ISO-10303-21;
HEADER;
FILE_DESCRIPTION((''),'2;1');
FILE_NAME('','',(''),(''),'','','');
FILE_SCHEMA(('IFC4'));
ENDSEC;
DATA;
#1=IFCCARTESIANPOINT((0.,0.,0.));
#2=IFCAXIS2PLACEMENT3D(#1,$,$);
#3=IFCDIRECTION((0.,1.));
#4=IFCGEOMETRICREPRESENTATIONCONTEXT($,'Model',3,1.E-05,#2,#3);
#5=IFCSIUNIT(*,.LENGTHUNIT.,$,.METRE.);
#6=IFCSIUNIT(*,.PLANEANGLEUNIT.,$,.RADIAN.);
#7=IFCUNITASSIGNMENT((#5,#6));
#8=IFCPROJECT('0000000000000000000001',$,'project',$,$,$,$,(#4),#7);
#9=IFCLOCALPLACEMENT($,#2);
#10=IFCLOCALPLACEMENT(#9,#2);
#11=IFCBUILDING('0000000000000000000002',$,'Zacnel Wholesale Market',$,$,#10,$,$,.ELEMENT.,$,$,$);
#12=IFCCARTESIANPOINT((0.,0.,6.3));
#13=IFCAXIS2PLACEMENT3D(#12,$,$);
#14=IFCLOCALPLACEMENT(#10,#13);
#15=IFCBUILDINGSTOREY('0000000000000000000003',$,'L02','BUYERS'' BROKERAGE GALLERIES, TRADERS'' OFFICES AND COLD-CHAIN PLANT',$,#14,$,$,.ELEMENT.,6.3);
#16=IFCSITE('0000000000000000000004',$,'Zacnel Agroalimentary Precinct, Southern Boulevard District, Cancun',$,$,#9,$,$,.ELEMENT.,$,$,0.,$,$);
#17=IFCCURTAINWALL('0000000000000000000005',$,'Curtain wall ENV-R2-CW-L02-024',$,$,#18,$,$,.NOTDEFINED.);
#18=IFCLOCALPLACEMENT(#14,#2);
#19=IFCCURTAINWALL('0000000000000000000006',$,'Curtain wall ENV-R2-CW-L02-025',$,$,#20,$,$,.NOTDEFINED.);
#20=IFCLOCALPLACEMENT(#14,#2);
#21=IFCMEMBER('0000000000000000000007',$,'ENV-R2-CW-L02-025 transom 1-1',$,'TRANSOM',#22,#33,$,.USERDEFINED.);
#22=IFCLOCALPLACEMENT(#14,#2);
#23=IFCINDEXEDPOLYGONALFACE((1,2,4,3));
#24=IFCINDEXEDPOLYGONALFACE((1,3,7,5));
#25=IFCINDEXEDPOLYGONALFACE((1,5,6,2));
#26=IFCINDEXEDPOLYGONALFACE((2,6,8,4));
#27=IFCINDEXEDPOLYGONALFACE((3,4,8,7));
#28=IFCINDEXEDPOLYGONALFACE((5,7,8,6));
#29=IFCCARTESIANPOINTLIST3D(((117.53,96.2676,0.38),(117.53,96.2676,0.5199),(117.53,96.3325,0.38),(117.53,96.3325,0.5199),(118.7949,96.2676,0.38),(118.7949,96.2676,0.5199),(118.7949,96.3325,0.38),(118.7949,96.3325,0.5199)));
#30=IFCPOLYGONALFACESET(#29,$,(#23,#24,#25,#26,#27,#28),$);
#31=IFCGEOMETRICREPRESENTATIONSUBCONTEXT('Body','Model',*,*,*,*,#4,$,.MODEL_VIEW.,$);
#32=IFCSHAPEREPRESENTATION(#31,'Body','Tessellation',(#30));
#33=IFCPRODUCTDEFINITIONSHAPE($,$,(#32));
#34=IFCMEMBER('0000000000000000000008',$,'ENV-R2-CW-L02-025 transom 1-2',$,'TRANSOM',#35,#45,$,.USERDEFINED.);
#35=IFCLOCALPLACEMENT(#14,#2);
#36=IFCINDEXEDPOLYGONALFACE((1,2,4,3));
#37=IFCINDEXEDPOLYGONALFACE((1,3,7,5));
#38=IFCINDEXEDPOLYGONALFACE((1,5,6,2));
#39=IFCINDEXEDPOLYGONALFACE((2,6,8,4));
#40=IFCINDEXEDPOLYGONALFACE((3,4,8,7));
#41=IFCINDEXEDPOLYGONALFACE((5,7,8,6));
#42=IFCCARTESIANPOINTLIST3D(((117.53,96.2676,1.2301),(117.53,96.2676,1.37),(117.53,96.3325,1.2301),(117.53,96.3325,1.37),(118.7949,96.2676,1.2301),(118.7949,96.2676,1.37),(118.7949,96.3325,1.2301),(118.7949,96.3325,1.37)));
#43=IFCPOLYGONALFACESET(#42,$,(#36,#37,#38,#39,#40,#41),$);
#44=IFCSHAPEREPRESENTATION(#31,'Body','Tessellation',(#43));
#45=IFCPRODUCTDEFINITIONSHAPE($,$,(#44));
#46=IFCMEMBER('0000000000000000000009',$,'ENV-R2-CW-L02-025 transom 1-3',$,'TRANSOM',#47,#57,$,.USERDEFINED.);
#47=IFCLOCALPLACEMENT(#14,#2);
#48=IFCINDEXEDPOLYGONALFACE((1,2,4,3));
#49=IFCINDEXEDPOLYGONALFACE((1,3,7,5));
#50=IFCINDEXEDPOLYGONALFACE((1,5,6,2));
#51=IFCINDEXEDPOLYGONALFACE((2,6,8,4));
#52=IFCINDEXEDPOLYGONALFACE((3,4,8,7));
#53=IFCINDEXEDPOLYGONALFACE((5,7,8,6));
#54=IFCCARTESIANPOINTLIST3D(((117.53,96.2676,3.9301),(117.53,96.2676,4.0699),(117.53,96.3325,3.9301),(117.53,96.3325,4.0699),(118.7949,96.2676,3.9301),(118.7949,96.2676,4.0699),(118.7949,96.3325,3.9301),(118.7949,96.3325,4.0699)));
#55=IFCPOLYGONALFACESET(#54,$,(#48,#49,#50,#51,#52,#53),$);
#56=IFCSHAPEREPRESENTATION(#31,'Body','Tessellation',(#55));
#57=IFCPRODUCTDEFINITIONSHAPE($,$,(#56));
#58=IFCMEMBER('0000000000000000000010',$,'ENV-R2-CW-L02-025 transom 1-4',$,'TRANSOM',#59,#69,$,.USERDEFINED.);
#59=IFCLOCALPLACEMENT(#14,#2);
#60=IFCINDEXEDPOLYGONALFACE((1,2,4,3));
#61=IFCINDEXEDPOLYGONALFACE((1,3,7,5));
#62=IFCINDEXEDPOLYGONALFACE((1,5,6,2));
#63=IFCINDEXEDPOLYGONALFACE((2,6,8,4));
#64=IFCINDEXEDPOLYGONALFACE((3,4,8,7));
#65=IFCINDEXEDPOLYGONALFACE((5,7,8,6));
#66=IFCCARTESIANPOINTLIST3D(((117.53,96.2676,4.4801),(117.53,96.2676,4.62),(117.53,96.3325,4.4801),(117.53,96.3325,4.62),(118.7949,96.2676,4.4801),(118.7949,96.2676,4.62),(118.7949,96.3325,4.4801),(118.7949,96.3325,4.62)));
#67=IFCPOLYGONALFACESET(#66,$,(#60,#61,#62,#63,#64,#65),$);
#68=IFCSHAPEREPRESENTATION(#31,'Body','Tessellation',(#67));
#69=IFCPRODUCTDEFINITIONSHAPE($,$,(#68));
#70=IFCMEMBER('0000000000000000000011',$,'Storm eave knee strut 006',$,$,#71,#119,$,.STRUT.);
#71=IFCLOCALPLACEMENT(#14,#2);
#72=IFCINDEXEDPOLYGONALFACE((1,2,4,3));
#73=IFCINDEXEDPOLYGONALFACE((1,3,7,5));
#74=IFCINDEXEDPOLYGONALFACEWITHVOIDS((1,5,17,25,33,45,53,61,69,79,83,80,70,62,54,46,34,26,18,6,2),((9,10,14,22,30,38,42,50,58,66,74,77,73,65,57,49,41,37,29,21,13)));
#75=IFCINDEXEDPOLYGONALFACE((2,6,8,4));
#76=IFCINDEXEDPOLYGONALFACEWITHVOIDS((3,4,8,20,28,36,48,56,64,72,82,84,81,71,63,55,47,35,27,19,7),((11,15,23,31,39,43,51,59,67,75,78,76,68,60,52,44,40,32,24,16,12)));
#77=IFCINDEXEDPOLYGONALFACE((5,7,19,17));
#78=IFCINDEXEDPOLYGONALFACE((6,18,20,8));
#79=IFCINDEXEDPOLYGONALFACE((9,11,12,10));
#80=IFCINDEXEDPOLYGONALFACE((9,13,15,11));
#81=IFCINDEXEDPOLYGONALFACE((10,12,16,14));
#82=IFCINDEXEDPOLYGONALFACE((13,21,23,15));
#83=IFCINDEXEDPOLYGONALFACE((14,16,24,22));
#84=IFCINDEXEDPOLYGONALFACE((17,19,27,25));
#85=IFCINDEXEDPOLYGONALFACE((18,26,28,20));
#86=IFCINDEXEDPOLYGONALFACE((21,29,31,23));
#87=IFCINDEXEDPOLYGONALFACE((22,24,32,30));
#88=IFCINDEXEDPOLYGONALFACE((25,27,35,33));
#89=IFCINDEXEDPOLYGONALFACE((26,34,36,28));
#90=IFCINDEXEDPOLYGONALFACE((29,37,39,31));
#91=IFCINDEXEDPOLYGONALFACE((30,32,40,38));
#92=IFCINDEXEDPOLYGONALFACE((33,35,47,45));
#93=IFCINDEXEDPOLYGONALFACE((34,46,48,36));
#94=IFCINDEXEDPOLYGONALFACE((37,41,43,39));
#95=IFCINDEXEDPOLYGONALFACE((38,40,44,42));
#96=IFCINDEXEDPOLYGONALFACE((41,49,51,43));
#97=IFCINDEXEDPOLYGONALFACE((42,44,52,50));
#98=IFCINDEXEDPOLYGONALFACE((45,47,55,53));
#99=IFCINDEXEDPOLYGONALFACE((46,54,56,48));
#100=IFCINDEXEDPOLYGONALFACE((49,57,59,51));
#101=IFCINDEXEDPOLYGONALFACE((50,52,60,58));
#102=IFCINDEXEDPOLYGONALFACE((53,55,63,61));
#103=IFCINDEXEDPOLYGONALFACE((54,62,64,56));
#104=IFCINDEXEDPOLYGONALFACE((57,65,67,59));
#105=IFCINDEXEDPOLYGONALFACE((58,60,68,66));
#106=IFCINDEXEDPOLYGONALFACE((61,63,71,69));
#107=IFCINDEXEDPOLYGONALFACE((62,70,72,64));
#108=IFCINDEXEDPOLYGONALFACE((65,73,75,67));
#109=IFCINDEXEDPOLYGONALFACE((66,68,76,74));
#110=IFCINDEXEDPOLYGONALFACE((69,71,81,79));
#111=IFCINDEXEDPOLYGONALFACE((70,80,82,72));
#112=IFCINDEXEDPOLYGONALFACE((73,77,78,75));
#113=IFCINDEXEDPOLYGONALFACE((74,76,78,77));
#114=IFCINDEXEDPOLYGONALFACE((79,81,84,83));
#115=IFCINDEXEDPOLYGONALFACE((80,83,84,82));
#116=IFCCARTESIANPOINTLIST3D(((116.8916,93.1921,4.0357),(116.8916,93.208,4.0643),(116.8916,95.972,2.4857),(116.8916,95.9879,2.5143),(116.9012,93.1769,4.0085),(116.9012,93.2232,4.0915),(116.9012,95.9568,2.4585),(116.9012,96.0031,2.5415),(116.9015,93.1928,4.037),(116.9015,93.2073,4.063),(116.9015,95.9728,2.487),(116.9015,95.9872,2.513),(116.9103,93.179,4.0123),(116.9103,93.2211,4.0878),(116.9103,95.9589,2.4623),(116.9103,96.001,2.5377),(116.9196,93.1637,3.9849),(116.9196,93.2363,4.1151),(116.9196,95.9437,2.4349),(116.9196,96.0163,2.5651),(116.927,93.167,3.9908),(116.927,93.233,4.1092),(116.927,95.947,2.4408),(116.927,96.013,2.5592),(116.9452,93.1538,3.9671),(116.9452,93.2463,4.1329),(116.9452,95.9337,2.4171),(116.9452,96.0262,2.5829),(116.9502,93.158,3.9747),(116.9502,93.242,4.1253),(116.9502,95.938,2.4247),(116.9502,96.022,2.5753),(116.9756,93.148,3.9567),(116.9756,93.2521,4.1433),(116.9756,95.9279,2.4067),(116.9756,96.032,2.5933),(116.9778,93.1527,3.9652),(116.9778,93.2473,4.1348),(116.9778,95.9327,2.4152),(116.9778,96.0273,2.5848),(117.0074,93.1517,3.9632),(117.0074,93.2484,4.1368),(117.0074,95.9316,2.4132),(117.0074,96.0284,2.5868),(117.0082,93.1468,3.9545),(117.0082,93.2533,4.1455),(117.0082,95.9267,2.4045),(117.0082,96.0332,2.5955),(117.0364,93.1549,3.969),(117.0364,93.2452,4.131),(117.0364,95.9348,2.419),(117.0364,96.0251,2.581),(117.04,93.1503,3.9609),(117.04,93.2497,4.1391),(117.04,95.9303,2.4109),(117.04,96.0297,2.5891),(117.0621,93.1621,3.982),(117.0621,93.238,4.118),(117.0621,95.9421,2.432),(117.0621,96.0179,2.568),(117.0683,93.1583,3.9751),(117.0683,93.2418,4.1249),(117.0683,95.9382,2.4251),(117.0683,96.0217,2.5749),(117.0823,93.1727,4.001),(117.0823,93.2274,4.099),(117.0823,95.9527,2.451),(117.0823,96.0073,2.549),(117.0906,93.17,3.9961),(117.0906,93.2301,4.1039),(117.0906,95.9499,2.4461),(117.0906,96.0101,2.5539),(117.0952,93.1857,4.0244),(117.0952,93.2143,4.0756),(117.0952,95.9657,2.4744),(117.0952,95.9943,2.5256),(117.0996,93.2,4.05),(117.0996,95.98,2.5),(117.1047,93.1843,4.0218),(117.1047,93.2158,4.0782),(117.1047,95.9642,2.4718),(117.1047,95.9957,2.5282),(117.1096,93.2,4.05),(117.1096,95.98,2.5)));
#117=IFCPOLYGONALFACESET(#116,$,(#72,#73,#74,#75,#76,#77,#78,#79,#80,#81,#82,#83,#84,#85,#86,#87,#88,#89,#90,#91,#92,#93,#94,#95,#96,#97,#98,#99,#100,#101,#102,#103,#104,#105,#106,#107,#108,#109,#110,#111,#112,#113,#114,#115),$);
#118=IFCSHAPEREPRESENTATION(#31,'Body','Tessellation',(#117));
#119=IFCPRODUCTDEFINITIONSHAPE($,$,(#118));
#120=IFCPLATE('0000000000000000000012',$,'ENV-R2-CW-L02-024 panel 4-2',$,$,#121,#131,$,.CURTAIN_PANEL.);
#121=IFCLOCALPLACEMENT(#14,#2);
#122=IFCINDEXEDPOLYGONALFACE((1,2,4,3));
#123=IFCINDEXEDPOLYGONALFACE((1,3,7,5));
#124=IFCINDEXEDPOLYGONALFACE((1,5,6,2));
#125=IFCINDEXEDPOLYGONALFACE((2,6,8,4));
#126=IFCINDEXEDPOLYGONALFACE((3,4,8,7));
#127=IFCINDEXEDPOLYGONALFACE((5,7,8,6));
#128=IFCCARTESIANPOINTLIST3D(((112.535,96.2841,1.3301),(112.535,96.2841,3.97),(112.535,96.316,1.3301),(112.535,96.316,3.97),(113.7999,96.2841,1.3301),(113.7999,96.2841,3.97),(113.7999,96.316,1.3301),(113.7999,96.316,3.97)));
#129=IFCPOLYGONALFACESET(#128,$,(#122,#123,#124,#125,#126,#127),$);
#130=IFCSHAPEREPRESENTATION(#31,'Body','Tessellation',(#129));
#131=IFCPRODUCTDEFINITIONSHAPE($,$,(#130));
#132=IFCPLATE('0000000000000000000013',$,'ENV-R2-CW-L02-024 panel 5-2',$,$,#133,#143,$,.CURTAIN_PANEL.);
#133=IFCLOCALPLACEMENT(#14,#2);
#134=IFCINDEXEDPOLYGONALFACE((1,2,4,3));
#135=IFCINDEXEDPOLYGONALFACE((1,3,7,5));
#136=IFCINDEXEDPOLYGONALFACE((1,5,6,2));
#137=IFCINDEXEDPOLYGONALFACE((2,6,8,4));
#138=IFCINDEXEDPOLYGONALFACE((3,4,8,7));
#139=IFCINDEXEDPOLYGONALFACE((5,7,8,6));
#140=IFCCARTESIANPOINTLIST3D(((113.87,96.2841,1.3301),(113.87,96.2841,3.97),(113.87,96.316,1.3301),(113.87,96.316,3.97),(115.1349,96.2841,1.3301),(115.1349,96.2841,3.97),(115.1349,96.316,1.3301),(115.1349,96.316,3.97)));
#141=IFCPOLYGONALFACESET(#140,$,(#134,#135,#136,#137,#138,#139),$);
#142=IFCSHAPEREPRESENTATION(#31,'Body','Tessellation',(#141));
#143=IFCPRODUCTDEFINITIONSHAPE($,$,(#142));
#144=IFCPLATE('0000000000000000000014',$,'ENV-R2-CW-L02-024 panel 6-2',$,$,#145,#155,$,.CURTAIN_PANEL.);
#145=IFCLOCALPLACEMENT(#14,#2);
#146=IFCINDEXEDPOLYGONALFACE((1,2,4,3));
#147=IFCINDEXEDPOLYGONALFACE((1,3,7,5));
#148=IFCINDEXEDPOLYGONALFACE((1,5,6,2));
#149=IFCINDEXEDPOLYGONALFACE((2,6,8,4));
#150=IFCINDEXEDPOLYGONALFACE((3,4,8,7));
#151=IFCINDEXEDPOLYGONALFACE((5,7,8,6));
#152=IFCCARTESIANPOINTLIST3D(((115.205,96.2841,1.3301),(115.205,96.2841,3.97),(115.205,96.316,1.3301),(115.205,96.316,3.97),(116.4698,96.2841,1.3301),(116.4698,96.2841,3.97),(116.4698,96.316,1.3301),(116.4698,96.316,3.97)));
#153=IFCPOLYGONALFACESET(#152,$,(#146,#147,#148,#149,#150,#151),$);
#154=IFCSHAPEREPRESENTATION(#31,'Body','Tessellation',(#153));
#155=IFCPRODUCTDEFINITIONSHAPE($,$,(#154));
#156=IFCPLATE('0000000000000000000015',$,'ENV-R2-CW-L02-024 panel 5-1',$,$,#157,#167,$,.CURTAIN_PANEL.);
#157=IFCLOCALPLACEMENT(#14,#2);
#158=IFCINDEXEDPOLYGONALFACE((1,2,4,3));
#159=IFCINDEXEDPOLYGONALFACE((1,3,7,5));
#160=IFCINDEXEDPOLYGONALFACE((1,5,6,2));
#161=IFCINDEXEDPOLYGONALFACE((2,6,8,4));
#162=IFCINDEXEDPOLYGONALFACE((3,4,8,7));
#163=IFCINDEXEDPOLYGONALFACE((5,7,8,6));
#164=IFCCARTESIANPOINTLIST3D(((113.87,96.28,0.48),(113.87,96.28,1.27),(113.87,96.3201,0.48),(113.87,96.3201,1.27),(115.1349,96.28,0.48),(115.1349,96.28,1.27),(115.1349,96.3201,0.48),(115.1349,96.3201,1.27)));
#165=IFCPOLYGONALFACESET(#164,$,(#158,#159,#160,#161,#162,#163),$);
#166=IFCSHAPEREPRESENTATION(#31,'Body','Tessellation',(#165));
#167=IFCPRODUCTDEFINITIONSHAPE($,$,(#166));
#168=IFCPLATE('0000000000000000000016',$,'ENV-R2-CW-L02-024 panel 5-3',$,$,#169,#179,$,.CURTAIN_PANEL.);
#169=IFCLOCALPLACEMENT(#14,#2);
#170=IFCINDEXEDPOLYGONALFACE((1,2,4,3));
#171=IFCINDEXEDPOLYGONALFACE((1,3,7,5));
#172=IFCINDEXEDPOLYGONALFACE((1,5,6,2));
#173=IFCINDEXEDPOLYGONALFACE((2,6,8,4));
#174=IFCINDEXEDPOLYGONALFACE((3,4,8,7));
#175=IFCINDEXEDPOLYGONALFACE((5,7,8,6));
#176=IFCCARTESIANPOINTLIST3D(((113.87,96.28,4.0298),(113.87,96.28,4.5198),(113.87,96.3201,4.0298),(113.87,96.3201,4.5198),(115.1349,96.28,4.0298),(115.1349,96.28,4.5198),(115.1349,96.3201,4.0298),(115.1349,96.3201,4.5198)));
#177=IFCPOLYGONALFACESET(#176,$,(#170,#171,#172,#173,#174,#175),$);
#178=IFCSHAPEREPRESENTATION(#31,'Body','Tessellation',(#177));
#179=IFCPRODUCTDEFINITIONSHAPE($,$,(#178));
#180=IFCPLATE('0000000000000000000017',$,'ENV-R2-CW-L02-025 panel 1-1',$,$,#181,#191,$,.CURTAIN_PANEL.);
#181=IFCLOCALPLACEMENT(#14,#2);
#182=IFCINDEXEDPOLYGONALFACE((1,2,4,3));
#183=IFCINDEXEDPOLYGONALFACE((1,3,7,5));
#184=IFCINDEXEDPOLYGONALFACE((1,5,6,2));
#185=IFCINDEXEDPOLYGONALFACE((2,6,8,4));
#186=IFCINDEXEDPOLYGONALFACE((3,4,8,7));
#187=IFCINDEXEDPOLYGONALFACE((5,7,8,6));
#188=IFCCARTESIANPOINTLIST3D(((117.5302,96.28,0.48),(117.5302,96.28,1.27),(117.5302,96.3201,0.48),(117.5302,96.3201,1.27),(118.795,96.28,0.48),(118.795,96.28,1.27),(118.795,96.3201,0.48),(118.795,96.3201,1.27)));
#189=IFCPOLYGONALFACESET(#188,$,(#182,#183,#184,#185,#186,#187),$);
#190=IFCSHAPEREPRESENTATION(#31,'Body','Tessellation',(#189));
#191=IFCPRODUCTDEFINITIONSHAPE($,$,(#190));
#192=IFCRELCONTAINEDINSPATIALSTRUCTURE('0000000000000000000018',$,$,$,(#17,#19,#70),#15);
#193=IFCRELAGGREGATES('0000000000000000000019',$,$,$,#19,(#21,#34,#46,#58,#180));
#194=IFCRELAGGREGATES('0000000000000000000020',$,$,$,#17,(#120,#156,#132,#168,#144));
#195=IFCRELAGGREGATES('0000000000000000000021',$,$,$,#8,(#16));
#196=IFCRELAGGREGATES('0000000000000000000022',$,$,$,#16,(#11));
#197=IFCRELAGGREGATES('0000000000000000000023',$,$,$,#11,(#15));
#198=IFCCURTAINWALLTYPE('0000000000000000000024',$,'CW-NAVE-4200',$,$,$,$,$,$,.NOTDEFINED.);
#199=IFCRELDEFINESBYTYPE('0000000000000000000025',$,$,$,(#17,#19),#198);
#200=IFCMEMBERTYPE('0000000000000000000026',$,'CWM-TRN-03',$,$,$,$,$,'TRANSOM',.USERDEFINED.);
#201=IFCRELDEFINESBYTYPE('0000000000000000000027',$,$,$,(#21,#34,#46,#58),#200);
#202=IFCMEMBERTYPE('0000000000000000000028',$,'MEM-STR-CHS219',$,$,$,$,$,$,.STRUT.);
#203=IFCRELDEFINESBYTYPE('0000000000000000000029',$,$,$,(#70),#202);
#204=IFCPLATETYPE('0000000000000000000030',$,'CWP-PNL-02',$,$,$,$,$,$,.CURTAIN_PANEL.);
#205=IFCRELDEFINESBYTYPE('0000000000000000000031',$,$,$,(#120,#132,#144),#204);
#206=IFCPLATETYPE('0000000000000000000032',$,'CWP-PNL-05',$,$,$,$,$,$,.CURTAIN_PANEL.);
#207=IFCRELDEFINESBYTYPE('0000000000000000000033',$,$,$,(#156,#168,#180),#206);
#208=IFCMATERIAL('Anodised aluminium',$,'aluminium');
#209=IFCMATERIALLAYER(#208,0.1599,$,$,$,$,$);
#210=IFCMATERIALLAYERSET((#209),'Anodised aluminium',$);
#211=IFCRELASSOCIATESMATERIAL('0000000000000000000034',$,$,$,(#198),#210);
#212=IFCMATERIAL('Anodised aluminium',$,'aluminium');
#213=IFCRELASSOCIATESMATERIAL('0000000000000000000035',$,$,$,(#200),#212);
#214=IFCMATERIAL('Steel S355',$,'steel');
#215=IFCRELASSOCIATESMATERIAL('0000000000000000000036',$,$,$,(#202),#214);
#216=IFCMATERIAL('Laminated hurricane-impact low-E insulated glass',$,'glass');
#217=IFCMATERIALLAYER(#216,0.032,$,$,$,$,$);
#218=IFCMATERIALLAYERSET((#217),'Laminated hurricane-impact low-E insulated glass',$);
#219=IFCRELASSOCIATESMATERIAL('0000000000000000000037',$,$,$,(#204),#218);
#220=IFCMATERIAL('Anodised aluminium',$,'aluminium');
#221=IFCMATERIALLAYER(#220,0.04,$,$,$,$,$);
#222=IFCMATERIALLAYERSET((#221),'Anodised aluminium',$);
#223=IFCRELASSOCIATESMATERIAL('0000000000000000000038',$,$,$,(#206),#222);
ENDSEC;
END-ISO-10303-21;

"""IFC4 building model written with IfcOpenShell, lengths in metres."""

from ifc_helpers import new_model, si_unit, direction, frame, origin, origin_2d, place, context, subcontext, project, spatial, rectangle, hollow_circle, extrude, material, layer, layer_set, material_profile, profile_set, type_object, element, aggregate, save


model = new_model("IFC4")

# Units and contexts
model_context = context("Model", 3, precision=1e-05, world=origin(), true_north=direction((0.0, 1.0)))
body_context = subcontext(model_context, "Body", "Model", "MODEL_VIEW")
ifc_project = project(units=[si_unit("LENGTHUNIT", "METRE"), si_unit("PLANEANGLEUNIT", "RADIAN")], contexts=[model_context])

# Site, building, storey
site_placement = place(None, origin())
site = spatial("IfcSite", under=ifc_project, at=site_placement, Name="Zacnel Agroalimentary Precinct, Southern Boulevard District, Cancun", CompositionType="ELEMENT", RefElevation=0.0)
building_placement = place(site_placement, origin())
building = spatial("IfcBuilding", under=site, at=building_placement, Name="Zacnel Wholesale Market", CompositionType="ELEMENT")
storey_placement = place(building_placement, frame((0.0, 0.0, 6.3)))
storey = spatial("IfcBuildingStorey", under=building, at=storey_placement, Name="L02", Description="BUYERS' BROKERAGE GALLERIES, TRADERS' OFFICES AND COLD-CHAIN PLANT", CompositionType="ELEMENT", Elevation=6.3)

# Curtain wall
ifc_material_1 = material(Name="Anodised aluminium", Category="aluminium")
ifc_layer_1 = layer(ifc_material_1, 0.1599)
ifc_layer_set_1 = layer_set([ifc_layer_1], Name="Anodised aluminium")
curtain_wall_type = type_object("IfcCurtainWallType", Name="CW-NAVE-4200", PredefinedType="NOTDEFINED", material=ifc_layer_set_1)
curtain_wall_1_placement = place(storey_placement, origin())
curtain_wall_1 = element("IfcCurtainWall", 1, at=curtain_wall_1_placement, inside=storey, type_object=curtain_wall_type, Name="Curtain wall ENV-R2-CW-L02-024", PredefinedType="NOTDEFINED")

# Curtain wall
curtain_wall_2_placement = place(storey_placement, origin())
curtain_wall_2 = element("IfcCurtainWall", 2, at=curtain_wall_2_placement, inside=storey, type_object=curtain_wall_type, Name="Curtain wall ENV-R2-CW-L02-025", PredefinedType="NOTDEFINED")

# Members
ifc_material_2 = material(Name="Anodised aluminium", Category="aluminium")
ifc_material_profile_1 = material_profile(ifc_material_2, rectangle(XDim=0.0649, YDim=0.1399, at=origin_2d()), Name="AW-TRANSOM 65x140")
ifc_profile_set_1 = profile_set([ifc_material_profile_1], Name="Anodised aluminium")
member_type_1 = type_object("IfcMemberType", Name="CWM-TRN-03", ElementType="TRANSOM", PredefinedType="USERDEFINED", material=ifc_profile_set_1)
member_1_placement = place(storey_placement, frame((117.53, 96.3, 0.45), z_axis=(1.0, 0.0, 0.0), x_axis=(0.0, 1.0, 0.0)))
member_1 = element("IfcMember", 3, at=member_1_placement, type_object=member_type_1, Name="ENV-R2-CW-L02-025 transom 1-1", ObjectType="TRANSOM", PredefinedType="USERDEFINED", context=body_context, shape_type="SweptSolid", body=[
    extrude(rectangle(XDim=0.0649, YDim=0.1399, at=origin_2d()), origin(), (0.0, 0.0, 1.0), 1.2649),
])
member_2_placement = place(storey_placement, frame((117.53, 96.3, 1.3), z_axis=(1.0, 0.0, 0.0), x_axis=(0.0, 1.0, 0.0)))
member_2 = element("IfcMember", 4, at=member_2_placement, type_object=member_type_1, Name="ENV-R2-CW-L02-025 transom 1-2", ObjectType="TRANSOM", PredefinedType="USERDEFINED", context=body_context, shape_type="SweptSolid", body=[
    extrude(rectangle(XDim=0.0649, YDim=0.1399, at=origin_2d()), origin(), (0.0, 0.0, 1.0), 1.2649),
])
member_3_placement = place(storey_placement, frame((117.53, 96.3, 4.0), z_axis=(1.0, 0.0, 0.0), x_axis=(0.0, 1.0, 0.0)))
member_3 = element("IfcMember", 5, at=member_3_placement, type_object=member_type_1, Name="ENV-R2-CW-L02-025 transom 1-3", ObjectType="TRANSOM", PredefinedType="USERDEFINED", context=body_context, shape_type="SweptSolid", body=[
    extrude(rectangle(XDim=0.0649, YDim=0.1399, at=origin_2d()), origin(), (0.0, 0.0, 1.0), 1.2649),
])
member_4_placement = place(storey_placement, frame((117.53, 96.3, 4.55), z_axis=(1.0, 0.0, 0.0), x_axis=(0.0, 1.0, 0.0)))
member_4 = element("IfcMember", 6, at=member_4_placement, type_object=member_type_1, Name="ENV-R2-CW-L02-025 transom 1-4", ObjectType="TRANSOM", PredefinedType="USERDEFINED", context=body_context, shape_type="SweptSolid", body=[
    extrude(rectangle(XDim=0.0649, YDim=0.1399, at=origin_2d()), origin(), (0.0, 0.0, 1.0), 1.2649),
])
ifc_material_3 = material(Name="Steel S355", Category="steel")
ifc_material_profile_2 = material_profile(ifc_material_3, hollow_circle(Radius=0.1096, WallThickness=0.01, at=origin_2d()), Name="CHS 219.1x10")
ifc_profile_set_2 = profile_set([ifc_material_profile_2], Name="Steel S355")
member_type_2 = type_object("IfcMemberType", Name="MEM-STR-CHS219", PredefinedType="STRUT", material=ifc_profile_set_2)
member_5_placement = place(storey_placement, frame((117.0, 95.98, 2.5), z_axis=(0.0, -0.873411, 0.486984), x_axis=(1.0, 0.0, 0.0)))
element("IfcMember", 7, at=member_5_placement, inside=storey, type_object=member_type_2, Name="Storm eave knee strut 006", PredefinedType="STRUT", context=body_context, shape_type="SweptSolid", body=[
    extrude(hollow_circle(Radius=0.1096, WallThickness=0.01, at=origin_2d()), origin(), (0.0, 0.0, 1.0), 3.1829),
])

# Plates
ifc_material_4 = material(Name="Laminated hurricane-impact low-E insulated glass", Category="glass")
ifc_layer_2 = layer(ifc_material_4, 0.032)
ifc_layer_set_2 = layer_set([ifc_layer_2], Name="Laminated hurricane-impact low-E insulated glass")
plate_type_1 = type_object("IfcPlateType", Name="CWP-PNL-02", PredefinedType="CURTAIN_PANEL", material=ifc_layer_set_2)
plate_1_placement = place(storey_placement, frame((113.1675, 96.3, 1.3301), z_axis=(0.0, 0.0, 1.0), x_axis=(1.0, 0.0, 0.0)))
plate_1 = element("IfcPlate", 8, at=plate_1_placement, type_object=plate_type_1, Name="ENV-R2-CW-L02-024 panel 4-2", PredefinedType="CURTAIN_PANEL", context=body_context, shape_type="SweptSolid", body=[
    extrude(rectangle(XDim=1.2649, YDim=0.032, at=origin_2d()), origin(), (0.0, 0.0, 1.0), 2.6399),
])
plate_2_placement = place(storey_placement, frame((114.5024, 96.3, 1.3301), z_axis=(0.0, 0.0, 1.0), x_axis=(1.0, 0.0, 0.0)))
plate_2 = element("IfcPlate", 9, at=plate_2_placement, type_object=plate_type_1, Name="ENV-R2-CW-L02-024 panel 5-2", PredefinedType="CURTAIN_PANEL", context=body_context, shape_type="SweptSolid", body=[
    extrude(rectangle(XDim=1.2649, YDim=0.032, at=origin_2d()), origin(), (0.0, 0.0, 1.0), 2.6399),
])
plate_3_placement = place(storey_placement, frame((115.8374, 96.3, 1.3301), z_axis=(0.0, 0.0, 1.0), x_axis=(1.0, 0.0, 0.0)))
plate_3 = element("IfcPlate", 10, at=plate_3_placement, type_object=plate_type_1, Name="ENV-R2-CW-L02-024 panel 6-2", PredefinedType="CURTAIN_PANEL", context=body_context, shape_type="SweptSolid", body=[
    extrude(rectangle(XDim=1.2649, YDim=0.032, at=origin_2d()), origin(), (0.0, 0.0, 1.0), 2.6399),
])
ifc_material_5 = material(Name="Anodised aluminium", Category="aluminium")
ifc_layer_3 = layer(ifc_material_5, 0.04)
ifc_layer_set_3 = layer_set([ifc_layer_3], Name="Anodised aluminium")
plate_type_2 = type_object("IfcPlateType", Name="CWP-PNL-05", PredefinedType="CURTAIN_PANEL", material=ifc_layer_set_3)
plate_4_placement = place(storey_placement, frame((114.5024, 96.3, 0.48), z_axis=(0.0, 0.0, 1.0), x_axis=(1.0, 0.0, 0.0)))
plate_4 = element("IfcPlate", 11, at=plate_4_placement, type_object=plate_type_2, Name="ENV-R2-CW-L02-024 panel 5-1", PredefinedType="CURTAIN_PANEL", context=body_context, shape_type="SweptSolid", body=[
    extrude(rectangle(XDim=1.2649, YDim=0.04, at=origin_2d()), origin(), (0.0, 0.0, 1.0), 0.79),
])
plate_5_placement = place(storey_placement, frame((114.5024, 96.3, 4.0298), z_axis=(0.0, 0.0, 1.0), x_axis=(1.0, 0.0, 0.0)))
plate_5 = element("IfcPlate", 12, at=plate_5_placement, type_object=plate_type_2, Name="ENV-R2-CW-L02-024 panel 5-3", PredefinedType="CURTAIN_PANEL", context=body_context, shape_type="SweptSolid", body=[
    extrude(rectangle(XDim=1.2649, YDim=0.04, at=origin_2d()), origin(), (0.0, 0.0, 1.0), 0.49),
])
plate_6_placement = place(storey_placement, frame((118.1626, 96.3, 0.48), z_axis=(0.0, 0.0, 1.0), x_axis=(1.0, 0.0, 0.0)))
plate_6 = element("IfcPlate", 13, at=plate_6_placement, type_object=plate_type_2, Name="ENV-R2-CW-L02-025 panel 1-1", PredefinedType="CURTAIN_PANEL", context=body_context, shape_type="SweptSolid", body=[
    extrude(rectangle(XDim=1.2649, YDim=0.04, at=origin_2d()), origin(), (0.0, 0.0, 1.0), 0.79),
])
aggregate(curtain_wall_2, [member_1, member_2, member_3, member_4, plate_6])
aggregate(curtain_wall_1, [plate_1, plate_4, plate_2, plate_5, plate_3])

save(model, "model.ifc")
